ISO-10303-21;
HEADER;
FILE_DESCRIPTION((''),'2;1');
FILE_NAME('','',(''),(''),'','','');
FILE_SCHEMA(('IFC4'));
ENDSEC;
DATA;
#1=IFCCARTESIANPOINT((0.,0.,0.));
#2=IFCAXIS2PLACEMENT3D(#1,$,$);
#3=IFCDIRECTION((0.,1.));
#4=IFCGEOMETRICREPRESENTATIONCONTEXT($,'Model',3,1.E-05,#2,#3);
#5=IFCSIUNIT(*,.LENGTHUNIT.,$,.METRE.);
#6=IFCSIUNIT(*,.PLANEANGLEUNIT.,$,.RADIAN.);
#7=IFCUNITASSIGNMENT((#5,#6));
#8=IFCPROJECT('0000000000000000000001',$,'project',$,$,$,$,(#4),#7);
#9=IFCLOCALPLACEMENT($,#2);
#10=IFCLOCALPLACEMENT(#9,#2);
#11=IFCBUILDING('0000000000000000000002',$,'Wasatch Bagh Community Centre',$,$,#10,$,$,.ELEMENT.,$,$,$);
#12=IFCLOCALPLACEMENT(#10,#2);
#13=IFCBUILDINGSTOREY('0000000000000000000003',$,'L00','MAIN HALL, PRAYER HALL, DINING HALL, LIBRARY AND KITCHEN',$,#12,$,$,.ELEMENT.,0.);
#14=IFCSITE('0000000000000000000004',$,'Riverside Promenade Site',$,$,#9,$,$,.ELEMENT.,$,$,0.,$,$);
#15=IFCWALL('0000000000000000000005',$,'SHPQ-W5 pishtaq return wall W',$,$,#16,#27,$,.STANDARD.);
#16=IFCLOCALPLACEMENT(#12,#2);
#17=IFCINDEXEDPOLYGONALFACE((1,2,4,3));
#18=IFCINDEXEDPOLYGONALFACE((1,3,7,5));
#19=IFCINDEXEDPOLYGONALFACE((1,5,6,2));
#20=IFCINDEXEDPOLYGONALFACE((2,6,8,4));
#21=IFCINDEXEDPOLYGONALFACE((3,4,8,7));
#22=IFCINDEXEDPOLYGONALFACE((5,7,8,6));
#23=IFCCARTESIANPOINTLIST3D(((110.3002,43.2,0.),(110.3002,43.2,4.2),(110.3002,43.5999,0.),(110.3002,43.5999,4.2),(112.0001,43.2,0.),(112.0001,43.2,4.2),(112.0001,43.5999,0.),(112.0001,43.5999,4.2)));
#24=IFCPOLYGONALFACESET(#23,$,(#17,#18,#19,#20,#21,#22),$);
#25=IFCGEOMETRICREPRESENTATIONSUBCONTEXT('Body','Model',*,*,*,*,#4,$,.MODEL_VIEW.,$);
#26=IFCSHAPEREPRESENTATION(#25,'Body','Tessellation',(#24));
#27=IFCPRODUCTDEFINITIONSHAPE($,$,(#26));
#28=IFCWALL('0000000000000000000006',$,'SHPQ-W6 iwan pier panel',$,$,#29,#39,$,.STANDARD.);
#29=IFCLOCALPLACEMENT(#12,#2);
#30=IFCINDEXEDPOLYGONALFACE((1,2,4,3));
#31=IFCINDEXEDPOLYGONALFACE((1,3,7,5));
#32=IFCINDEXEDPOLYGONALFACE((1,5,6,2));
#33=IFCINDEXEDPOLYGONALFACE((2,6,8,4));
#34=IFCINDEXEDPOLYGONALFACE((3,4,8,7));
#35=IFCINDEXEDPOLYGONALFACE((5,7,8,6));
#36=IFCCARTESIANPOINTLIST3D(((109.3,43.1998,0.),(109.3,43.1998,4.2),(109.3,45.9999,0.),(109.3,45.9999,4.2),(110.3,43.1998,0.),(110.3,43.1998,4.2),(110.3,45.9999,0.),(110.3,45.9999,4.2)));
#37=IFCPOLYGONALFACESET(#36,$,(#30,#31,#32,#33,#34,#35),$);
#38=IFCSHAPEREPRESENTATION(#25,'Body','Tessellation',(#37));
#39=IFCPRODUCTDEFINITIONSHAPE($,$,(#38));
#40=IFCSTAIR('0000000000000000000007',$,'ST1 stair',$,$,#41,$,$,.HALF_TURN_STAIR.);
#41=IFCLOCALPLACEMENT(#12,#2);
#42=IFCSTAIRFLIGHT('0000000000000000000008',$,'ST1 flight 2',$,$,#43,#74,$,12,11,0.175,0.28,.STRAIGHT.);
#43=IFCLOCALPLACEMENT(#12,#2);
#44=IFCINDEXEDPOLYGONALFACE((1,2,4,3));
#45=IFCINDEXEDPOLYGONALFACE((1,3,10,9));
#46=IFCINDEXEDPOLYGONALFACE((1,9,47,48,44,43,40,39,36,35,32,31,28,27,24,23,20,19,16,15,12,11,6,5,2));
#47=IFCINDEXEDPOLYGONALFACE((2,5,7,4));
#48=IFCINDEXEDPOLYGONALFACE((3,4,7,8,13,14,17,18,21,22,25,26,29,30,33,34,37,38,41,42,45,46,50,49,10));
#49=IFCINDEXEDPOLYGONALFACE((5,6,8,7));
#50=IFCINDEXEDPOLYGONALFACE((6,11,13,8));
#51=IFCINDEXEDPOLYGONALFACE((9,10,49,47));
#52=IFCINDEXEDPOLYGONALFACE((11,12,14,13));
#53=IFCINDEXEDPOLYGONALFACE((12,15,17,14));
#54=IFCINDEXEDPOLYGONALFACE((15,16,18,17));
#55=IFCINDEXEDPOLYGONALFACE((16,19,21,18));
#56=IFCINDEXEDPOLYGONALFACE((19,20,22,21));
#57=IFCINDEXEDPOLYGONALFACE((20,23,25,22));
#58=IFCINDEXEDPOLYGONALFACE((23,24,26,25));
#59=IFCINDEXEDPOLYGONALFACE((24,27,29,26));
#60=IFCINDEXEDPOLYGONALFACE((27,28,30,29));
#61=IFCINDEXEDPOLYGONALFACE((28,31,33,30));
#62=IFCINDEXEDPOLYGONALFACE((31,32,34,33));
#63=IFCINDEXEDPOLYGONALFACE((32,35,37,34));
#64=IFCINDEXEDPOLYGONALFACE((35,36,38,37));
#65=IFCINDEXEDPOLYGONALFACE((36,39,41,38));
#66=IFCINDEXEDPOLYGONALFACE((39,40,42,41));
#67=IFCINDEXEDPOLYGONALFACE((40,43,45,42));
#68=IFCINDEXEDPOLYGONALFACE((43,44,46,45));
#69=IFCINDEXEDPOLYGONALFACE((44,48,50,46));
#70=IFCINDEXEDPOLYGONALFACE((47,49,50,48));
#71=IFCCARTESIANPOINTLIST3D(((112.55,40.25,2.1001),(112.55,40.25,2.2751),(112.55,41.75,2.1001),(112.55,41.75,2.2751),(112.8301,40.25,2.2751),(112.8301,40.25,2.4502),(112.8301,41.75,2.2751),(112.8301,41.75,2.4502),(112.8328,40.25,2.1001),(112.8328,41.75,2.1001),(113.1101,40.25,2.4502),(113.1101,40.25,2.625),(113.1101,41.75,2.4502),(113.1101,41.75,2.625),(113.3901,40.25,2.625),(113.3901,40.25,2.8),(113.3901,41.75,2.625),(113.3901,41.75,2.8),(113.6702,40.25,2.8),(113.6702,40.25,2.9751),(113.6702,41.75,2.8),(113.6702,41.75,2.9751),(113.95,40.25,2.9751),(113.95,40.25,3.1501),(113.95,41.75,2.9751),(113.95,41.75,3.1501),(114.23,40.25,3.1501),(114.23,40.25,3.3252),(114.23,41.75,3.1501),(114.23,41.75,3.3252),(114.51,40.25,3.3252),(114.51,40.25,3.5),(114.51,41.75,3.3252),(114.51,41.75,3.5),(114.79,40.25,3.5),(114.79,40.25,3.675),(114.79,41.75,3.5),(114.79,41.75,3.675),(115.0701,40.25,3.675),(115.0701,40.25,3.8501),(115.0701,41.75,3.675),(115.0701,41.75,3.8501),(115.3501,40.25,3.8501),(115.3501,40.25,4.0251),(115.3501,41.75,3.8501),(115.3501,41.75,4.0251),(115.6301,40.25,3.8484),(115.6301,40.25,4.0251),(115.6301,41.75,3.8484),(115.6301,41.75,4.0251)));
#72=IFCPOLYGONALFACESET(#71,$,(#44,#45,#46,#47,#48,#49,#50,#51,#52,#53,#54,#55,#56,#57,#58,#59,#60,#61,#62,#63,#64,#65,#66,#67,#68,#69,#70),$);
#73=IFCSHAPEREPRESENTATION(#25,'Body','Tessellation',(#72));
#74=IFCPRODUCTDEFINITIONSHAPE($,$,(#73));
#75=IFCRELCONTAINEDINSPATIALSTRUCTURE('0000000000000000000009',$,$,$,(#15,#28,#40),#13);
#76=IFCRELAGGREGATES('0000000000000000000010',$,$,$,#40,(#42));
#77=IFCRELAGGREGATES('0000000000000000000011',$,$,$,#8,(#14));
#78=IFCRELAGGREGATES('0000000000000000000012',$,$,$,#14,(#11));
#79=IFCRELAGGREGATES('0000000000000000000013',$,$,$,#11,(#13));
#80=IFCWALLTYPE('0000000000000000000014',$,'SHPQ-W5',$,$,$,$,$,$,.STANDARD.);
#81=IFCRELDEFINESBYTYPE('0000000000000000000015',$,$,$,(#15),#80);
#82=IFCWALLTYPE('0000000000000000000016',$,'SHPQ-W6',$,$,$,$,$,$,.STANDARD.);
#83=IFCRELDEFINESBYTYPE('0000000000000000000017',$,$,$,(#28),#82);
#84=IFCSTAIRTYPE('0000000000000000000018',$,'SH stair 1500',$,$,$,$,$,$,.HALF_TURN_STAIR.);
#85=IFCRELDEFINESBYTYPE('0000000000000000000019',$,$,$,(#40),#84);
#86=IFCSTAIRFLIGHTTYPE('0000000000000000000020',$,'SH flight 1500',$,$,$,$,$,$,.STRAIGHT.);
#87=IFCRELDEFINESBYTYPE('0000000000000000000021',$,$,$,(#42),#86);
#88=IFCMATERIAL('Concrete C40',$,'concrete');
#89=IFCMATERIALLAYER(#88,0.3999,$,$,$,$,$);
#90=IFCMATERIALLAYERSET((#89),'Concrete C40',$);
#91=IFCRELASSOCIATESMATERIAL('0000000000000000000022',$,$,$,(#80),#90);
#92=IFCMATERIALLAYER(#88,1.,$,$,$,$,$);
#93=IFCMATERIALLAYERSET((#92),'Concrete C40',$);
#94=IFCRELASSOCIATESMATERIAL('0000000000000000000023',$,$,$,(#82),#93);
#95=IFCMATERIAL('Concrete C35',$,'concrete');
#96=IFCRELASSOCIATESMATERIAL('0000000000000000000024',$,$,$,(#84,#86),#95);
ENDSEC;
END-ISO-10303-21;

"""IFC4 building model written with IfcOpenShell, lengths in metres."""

from ifc_helpers import new_model, si_unit, direction, frame, frame_2d, origin, place, context, subcontext, project, spatial, polyline, rectangle, outline, extrude, material, layer, layer_set, type_object, element, aggregate, save


model = new_model("IFC4")

# Units and contexts
model_context = context("Model", 3, precision=1e-05, world=origin(), true_north=direction((0.0, 1.0)))
body_context = subcontext(model_context, "Body", "Model", "MODEL_VIEW")
ifc_project = project(units=[si_unit("LENGTHUNIT", "METRE"), si_unit("PLANEANGLEUNIT", "RADIAN")], contexts=[model_context])

# Site, building, storey
site_placement = place(None, origin())
site = spatial("IfcSite", under=ifc_project, at=site_placement, Name="Riverside Promenade Site", CompositionType="ELEMENT", RefElevation=0.0)
building_placement = place(site_placement, origin())
building = spatial("IfcBuilding", under=site, at=building_placement, Name="Wasatch Bagh Community Centre", CompositionType="ELEMENT")
storey_placement = place(building_placement, origin())
storey = spatial("IfcBuildingStorey", under=building, at=storey_placement, Name="L00", Description="MAIN HALL, PRAYER HALL, DINING HALL, LIBRARY AND KITCHEN", CompositionType="ELEMENT", Elevation=0.0)

# Shared definitions
ifc_material_1 = material(Name="Concrete C35", Category="concrete")

# Shared definitions
ifc_material_2 = material(Name="Concrete C40", Category="concrete")

# Walls
ifc_layer_1 = layer(ifc_material_2, 0.3999)
ifc_layer_set_1 = layer_set([ifc_layer_1], Name="Concrete C40")
wall_type_1 = type_object("IfcWallType", Name="SHPQ-W5", PredefinedType="STANDARD", material=ifc_layer_set_1)
wall_1_placement = place(storey_placement, frame((110.3, 43.3999, 0.0), z_axis=(0.0, 0.0, 1.0), x_axis=(1.0, 0.0, 0.0)))
element("IfcWall", 1, at=wall_1_placement, inside=storey, type_object=wall_type_1, Name="SHPQ-W5 pishtaq return wall W", PredefinedType="STANDARD", context=body_context, shape_type="SweptSolid", body=[
    extrude(rectangle(XDim=1.7, YDim=0.3999, at=frame_2d((0.8501, 0.0))), origin(), (0.0, 0.0, 1.0), 4.2),
])
ifc_layer_2 = layer(ifc_material_2, 1.0)
ifc_layer_set_2 = layer_set([ifc_layer_2], Name="Concrete C40")
wall_type_2 = type_object("IfcWallType", Name="SHPQ-W6", PredefinedType="STANDARD", material=ifc_layer_set_2)
wall_2_placement = place(storey_placement, frame((109.8, 43.2, 0.0), z_axis=(0.0, 0.0, 1.0), x_axis=(0.0, 1.0, 0.0)))
element("IfcWall", 2, at=wall_2_placement, inside=storey, type_object=wall_type_2, Name="SHPQ-W6 iwan pier panel", PredefinedType="STANDARD", context=body_context, shape_type="SweptSolid", body=[
    extrude(rectangle(XDim=2.8, YDim=1.0, at=frame_2d((1.3999, 0.0))), origin(), (0.0, 0.0, 1.0), 4.2),
])

# Stair, stair flight
stair_type = type_object("IfcStairType", Name="SH stair 1500", PredefinedType="HALF_TURN_STAIR", material=ifc_material_1)
stair_placement = place(storey_placement, origin())
stair = element("IfcStair", 3, at=stair_placement, inside=storey, type_object=stair_type, Name="ST1 stair", PredefinedType="HALF_TURN_STAIR")
stair_flight_type = type_object("IfcStairFlightType", Name="SH flight 1500", PredefinedType="STRAIGHT", material=ifc_material_1)
stair_flight_placement = place(storey_placement, frame((112.55, 41.0, 2.1001), z_axis=(0.0, 0.0, 1.0), x_axis=(1.0, 0.0, 0.0)))
stair_flight = element("IfcStairFlight", 4, at=stair_flight_placement, type_object=stair_flight_type, Name="ST1 flight 2", NumberOfRisers=12, NumberOfTreads=11, PredefinedType="STRAIGHT", RiserHeight=0.175, TreadLength=0.28, context=body_context, shape_type="SweptSolid", body=[
    extrude(outline(polyline([(0.0, 0.0), (0.0, 0.175), (0.28, 0.175), (0.28, 0.3501), (0.5601, 0.3501), (0.5601, 0.5249), (0.8401, 0.5249), (0.8401, 0.7), (1.1201, 0.7), (1.1201, 0.875), (1.3999, 0.875), (1.3999, 1.05), (1.6799, 1.05), (1.6799, 1.2251), (1.96, 1.2251), (1.96, 1.3999), (2.24, 1.3999), (2.24, 1.575), (2.52, 1.575), (2.52, 1.75), (2.8, 1.75), (2.8, 1.925), (3.0801, 1.925), (3.0801, 2.1001), (3.0801, 1.7483), (0.2827, 0.0), (0.0, 0.0)])), frame((0.0, 0.75, 0.0), z_axis=(0.0, -1.0, 0.0), x_axis=(1.0, 0.0, 0.0)), (0.0, 0.0, 1.0), 1.5),
])
aggregate(stair, [stair_flight])

save(model, "model.ifc")
